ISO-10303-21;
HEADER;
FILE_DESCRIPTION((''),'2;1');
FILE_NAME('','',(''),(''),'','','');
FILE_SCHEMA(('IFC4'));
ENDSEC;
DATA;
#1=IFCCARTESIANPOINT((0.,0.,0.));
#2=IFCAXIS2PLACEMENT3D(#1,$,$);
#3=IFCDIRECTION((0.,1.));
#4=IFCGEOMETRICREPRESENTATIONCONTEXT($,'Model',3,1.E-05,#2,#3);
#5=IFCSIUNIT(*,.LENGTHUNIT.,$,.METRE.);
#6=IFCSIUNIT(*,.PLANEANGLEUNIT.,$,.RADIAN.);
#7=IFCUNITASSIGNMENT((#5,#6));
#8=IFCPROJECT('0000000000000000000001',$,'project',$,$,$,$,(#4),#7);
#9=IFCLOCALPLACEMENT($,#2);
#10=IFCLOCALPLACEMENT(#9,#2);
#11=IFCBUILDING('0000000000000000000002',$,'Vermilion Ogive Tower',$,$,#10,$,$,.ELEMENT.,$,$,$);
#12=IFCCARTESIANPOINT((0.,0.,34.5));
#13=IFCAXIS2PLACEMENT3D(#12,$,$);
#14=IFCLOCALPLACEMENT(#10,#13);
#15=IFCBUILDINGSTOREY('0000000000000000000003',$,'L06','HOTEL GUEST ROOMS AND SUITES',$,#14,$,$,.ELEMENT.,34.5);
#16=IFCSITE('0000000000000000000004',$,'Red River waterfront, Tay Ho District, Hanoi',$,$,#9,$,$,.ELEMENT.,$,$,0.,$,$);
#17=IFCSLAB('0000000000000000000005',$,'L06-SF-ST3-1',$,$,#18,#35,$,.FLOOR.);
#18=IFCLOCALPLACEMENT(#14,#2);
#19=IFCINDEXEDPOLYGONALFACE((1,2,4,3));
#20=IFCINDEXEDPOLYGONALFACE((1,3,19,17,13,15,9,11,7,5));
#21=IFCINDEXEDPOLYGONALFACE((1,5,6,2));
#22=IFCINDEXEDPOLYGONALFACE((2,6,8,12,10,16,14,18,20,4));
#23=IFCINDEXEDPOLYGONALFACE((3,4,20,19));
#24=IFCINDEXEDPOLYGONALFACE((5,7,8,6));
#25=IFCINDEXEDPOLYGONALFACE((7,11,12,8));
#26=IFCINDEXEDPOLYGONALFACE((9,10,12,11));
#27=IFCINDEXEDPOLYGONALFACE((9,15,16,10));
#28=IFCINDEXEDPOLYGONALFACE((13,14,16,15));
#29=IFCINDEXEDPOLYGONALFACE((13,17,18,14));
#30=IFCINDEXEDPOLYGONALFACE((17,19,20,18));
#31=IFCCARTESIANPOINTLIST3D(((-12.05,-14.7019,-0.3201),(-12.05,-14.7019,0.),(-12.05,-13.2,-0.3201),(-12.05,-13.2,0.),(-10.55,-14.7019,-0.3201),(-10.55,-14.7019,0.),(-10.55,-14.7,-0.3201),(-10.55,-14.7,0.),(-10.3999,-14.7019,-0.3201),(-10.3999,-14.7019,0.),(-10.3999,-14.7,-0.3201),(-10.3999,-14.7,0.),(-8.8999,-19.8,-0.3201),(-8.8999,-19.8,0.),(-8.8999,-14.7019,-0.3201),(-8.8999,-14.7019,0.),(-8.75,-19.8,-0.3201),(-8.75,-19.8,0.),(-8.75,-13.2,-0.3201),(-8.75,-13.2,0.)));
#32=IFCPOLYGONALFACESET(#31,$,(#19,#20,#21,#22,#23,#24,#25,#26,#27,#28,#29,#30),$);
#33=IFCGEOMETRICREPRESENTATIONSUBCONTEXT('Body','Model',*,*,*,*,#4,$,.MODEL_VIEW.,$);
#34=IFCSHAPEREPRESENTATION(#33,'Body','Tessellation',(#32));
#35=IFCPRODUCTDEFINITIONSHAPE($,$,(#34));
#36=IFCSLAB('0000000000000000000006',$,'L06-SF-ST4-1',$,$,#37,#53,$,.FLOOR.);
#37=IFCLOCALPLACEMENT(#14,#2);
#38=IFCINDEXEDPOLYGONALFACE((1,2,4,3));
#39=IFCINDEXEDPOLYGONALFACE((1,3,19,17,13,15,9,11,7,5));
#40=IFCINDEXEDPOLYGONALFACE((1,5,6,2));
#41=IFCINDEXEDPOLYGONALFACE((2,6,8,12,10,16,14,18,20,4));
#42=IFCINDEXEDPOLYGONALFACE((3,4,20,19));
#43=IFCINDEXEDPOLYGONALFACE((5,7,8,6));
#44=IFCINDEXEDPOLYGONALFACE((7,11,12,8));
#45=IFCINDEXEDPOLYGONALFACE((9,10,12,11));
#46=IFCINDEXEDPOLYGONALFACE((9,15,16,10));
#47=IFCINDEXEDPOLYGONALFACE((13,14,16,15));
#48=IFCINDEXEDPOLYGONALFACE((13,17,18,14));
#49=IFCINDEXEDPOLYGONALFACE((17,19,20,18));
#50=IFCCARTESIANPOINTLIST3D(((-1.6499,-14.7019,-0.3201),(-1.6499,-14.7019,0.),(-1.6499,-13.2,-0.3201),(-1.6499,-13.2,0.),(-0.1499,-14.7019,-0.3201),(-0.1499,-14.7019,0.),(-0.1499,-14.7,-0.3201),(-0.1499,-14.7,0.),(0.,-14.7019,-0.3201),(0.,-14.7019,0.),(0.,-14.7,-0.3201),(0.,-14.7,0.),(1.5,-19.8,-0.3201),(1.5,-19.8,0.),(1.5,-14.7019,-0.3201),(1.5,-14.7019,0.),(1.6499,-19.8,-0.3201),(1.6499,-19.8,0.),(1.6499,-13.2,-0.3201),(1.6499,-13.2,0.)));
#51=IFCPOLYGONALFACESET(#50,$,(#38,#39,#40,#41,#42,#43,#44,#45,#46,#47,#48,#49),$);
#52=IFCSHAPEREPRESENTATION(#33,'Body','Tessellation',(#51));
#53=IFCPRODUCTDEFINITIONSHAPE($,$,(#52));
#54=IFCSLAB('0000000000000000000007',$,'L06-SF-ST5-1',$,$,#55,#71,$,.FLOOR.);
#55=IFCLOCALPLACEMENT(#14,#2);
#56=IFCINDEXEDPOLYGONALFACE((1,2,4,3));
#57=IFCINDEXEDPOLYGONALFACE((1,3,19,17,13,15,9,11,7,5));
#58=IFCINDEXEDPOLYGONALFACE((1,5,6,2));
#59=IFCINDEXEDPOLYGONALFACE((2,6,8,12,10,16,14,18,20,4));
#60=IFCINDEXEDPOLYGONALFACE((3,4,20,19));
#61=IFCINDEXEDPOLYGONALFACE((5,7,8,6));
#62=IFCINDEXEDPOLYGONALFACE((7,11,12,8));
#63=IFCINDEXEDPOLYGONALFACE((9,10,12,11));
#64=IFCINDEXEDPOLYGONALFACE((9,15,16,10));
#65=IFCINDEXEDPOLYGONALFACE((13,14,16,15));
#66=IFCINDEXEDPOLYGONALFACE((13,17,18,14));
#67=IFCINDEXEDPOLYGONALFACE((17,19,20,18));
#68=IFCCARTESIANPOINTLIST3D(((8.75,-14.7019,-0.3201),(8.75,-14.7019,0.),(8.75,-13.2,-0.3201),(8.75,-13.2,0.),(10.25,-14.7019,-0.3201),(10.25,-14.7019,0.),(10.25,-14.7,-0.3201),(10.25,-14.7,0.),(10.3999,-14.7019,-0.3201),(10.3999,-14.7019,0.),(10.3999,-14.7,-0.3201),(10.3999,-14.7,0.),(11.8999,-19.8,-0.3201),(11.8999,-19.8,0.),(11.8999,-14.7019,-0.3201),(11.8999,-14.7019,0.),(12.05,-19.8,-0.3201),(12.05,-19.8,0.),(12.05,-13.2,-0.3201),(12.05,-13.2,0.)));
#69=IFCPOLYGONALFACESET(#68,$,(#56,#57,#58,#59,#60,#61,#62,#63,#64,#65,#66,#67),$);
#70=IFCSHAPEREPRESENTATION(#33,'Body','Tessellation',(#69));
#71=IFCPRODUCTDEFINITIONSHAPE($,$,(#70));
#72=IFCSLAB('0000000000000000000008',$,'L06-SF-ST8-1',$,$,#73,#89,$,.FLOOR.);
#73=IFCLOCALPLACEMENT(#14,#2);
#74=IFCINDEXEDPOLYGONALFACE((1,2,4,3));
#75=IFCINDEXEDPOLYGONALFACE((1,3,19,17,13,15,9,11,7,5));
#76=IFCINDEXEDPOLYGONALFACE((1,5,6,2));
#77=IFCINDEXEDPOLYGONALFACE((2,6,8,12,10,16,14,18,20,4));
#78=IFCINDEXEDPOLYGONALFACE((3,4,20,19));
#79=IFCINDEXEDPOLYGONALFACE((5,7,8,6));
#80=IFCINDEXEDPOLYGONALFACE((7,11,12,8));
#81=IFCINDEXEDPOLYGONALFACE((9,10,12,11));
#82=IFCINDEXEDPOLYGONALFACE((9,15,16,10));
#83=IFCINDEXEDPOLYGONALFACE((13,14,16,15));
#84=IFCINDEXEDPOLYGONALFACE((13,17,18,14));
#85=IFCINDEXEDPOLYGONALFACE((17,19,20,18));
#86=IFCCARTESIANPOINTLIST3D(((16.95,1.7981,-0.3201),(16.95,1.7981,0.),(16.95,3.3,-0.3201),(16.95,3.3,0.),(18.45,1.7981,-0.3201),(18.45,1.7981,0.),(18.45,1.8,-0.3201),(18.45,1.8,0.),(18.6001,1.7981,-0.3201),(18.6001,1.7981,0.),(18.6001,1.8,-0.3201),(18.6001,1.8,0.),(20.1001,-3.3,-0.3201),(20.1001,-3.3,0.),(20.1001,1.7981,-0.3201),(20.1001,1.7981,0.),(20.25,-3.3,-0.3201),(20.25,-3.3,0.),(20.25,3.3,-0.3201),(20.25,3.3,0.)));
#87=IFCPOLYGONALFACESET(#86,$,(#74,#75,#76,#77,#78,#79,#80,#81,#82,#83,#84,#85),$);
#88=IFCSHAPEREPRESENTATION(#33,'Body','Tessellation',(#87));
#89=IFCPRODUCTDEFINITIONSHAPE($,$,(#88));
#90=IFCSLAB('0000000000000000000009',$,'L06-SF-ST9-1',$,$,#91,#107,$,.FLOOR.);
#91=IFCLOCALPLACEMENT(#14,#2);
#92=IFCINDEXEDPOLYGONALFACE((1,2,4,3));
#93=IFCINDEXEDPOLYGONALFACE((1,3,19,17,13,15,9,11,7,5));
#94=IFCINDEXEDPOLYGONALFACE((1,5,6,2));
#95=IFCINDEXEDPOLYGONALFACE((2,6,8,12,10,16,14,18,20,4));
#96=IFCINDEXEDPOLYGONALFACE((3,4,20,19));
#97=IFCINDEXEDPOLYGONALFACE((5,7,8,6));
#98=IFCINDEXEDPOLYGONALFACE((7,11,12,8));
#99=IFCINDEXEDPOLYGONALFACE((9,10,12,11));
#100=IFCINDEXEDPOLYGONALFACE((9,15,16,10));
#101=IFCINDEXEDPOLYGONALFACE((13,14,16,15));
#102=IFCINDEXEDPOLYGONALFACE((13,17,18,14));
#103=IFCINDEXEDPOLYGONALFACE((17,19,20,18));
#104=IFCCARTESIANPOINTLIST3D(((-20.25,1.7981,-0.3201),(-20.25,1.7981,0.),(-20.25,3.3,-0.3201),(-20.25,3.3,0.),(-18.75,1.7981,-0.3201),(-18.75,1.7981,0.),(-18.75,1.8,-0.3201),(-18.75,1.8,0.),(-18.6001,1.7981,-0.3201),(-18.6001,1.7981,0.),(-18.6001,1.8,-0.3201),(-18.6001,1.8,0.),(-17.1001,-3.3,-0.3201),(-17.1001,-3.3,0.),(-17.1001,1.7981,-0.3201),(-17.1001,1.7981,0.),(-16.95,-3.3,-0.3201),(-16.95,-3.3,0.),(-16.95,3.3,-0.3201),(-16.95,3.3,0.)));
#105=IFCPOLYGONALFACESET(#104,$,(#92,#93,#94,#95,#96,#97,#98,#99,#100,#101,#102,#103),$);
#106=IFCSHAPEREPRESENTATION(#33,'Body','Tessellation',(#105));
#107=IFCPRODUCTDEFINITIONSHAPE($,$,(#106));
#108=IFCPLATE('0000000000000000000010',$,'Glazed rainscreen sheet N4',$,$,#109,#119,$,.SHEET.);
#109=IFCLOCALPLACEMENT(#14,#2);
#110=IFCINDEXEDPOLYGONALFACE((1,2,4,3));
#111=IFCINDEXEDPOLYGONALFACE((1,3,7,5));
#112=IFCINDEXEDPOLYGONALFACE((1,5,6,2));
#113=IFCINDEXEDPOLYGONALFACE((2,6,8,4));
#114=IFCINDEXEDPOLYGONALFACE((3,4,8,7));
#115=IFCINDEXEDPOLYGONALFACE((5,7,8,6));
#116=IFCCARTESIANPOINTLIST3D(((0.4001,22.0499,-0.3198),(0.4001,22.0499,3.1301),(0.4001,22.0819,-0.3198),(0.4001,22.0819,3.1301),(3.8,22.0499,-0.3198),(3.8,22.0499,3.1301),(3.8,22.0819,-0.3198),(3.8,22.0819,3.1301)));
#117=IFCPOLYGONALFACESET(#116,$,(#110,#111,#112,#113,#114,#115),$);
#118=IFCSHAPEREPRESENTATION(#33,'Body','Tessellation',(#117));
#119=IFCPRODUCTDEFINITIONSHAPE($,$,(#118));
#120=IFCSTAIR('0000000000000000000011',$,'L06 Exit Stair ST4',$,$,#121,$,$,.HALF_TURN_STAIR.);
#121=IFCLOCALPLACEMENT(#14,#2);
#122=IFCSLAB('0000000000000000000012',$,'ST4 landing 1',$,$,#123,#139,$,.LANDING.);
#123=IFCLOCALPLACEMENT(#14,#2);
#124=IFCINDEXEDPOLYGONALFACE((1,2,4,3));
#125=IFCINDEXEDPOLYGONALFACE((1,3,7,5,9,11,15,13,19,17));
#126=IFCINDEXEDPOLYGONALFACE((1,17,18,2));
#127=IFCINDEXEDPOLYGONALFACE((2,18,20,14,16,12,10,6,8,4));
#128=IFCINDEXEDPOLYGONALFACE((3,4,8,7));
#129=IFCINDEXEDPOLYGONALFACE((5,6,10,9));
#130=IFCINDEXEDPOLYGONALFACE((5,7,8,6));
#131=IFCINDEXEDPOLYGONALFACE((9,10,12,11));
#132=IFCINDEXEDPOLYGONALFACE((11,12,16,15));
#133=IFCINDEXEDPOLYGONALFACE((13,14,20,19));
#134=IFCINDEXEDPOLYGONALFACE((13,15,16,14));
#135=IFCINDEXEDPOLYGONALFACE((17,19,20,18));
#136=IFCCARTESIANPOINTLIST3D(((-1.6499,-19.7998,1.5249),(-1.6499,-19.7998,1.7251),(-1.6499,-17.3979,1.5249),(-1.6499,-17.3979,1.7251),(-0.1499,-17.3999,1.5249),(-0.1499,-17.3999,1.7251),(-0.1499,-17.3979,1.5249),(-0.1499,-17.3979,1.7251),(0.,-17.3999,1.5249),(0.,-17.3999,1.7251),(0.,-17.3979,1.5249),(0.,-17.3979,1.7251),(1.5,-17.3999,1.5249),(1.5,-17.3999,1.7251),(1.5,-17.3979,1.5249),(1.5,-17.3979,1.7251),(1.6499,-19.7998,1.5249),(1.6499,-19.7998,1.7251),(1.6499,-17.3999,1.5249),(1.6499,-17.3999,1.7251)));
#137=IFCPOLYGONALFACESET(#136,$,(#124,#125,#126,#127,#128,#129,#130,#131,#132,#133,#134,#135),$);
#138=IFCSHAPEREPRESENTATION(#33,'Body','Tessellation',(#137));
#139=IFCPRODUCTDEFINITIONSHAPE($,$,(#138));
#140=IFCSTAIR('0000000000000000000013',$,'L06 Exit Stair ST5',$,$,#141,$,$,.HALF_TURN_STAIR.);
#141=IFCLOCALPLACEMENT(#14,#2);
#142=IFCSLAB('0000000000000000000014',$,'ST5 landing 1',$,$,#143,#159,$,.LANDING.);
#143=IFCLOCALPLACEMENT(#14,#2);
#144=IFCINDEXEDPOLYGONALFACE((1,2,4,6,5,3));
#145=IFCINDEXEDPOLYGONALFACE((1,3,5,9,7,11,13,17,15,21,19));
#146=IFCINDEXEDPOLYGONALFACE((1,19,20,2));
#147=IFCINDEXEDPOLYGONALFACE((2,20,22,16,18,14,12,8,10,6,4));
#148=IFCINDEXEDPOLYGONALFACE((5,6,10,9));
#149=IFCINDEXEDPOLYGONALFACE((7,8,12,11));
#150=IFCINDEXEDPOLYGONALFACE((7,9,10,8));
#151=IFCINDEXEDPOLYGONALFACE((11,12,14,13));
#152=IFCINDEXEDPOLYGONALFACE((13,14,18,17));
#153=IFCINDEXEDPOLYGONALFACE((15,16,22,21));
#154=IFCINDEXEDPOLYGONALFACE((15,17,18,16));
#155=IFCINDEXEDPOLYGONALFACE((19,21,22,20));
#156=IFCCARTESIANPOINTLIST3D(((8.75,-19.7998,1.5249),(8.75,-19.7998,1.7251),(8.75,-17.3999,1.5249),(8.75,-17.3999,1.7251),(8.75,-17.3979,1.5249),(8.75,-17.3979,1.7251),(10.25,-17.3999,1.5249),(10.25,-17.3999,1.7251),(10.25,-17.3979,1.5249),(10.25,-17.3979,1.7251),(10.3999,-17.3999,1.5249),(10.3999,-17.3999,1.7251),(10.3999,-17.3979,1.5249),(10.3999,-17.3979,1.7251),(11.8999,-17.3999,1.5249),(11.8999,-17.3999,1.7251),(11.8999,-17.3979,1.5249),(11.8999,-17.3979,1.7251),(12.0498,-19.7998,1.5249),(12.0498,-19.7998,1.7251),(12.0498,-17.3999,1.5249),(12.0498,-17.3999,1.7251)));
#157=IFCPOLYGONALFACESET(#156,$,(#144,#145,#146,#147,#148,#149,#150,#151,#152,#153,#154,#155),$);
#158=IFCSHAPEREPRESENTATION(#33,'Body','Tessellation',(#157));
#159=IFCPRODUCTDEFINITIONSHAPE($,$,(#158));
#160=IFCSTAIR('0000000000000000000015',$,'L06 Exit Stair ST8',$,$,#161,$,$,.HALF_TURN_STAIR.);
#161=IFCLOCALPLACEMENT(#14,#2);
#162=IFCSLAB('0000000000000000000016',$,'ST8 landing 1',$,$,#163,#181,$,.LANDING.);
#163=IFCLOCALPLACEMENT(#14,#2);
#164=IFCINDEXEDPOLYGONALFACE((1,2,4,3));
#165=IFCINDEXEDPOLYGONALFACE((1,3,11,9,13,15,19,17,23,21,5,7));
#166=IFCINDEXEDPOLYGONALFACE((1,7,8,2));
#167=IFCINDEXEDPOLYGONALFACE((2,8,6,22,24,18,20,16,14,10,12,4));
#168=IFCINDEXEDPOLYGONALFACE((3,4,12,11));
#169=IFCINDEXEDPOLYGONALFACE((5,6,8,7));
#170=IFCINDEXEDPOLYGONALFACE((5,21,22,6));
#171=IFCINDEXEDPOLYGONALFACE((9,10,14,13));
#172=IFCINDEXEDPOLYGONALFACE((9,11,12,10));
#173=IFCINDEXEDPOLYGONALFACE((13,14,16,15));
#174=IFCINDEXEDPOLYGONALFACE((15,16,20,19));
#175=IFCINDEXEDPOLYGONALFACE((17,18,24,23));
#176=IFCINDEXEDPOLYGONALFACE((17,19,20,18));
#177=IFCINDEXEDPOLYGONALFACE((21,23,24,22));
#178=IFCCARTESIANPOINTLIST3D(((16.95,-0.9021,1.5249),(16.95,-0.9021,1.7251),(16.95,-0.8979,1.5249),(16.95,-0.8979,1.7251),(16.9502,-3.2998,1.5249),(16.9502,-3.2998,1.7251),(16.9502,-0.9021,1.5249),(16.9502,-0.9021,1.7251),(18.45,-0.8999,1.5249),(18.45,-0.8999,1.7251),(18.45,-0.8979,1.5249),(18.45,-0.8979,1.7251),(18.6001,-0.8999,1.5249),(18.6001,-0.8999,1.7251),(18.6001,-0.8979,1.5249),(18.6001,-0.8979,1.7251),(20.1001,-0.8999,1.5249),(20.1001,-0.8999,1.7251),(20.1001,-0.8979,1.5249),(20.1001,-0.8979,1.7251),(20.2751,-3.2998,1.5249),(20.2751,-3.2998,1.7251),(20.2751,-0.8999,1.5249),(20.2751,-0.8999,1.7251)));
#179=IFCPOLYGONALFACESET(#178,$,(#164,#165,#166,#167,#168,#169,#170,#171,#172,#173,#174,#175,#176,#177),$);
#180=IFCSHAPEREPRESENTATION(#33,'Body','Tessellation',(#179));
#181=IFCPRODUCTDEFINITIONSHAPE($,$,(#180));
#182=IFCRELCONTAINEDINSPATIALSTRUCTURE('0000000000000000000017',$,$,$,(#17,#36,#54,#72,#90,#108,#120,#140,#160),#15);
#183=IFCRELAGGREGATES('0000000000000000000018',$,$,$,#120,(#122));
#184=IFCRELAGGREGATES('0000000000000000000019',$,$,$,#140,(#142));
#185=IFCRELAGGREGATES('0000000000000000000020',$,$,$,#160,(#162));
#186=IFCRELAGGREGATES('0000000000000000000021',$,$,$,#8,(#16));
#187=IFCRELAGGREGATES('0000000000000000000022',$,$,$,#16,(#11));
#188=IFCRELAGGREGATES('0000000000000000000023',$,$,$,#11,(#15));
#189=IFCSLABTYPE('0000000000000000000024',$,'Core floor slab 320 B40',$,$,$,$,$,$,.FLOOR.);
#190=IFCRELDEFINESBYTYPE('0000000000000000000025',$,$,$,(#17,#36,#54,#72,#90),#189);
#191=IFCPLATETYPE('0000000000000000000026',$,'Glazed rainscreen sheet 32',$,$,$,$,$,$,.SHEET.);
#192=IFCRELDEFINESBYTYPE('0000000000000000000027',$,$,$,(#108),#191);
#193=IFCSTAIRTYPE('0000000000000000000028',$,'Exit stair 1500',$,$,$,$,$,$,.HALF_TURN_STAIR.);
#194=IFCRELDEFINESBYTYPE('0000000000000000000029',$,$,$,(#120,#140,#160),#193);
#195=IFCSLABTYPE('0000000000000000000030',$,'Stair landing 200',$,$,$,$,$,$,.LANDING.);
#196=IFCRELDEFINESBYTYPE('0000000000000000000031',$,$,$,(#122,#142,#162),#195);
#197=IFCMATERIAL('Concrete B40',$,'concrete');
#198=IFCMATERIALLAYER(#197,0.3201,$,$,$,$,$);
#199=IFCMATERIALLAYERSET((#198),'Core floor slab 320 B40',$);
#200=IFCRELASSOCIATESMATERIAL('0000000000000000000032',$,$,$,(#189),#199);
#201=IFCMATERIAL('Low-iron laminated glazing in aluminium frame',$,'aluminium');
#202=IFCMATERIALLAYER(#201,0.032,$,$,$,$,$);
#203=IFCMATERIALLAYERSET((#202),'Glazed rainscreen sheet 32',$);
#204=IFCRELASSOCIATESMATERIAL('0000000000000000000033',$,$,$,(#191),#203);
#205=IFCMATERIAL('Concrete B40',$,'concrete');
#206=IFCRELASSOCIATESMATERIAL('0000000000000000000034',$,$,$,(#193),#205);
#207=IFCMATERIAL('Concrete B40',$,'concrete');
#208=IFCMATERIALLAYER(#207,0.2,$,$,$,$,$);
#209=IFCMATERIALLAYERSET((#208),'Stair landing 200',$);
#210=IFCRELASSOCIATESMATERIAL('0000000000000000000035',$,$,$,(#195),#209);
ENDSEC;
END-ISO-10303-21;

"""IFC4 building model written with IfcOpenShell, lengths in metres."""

from ifc_helpers import new_model, si_unit, direction, frame, origin, origin_2d, place, context, subcontext, project, spatial, polyline, rectangle, outline, extrude, material, layer, layer_set, type_object, element, aggregate, save


model = new_model("IFC4")

# Units and contexts
model_context = context("Model", 3, precision=1e-05, world=origin(), true_north=direction((0.0, 1.0)))
body_context = subcontext(model_context, "Body", "Model", "MODEL_VIEW")
ifc_project = project(units=[si_unit("LENGTHUNIT", "METRE"), si_unit("PLANEANGLEUNIT", "RADIAN")], contexts=[model_context])

# Site, building, storey
site_placement = place(None, origin())
site = spatial("IfcSite", under=ifc_project, at=site_placement, Name="Red River waterfront, Tay Ho District, Hanoi", CompositionType="ELEMENT", RefElevation=0.0)
building_placement = place(site_placement, origin())
building = spatial("IfcBuilding", under=site, at=building_placement, Name="Vermilion Ogive Tower", CompositionType="ELEMENT")
storey_placement = place(building_placement, frame((0.0, 0.0, 34.5)))
storey = spatial("IfcBuildingStorey", under=building, at=storey_placement, Name="L06", Description="HOTEL GUEST ROOMS AND SUITES", CompositionType="ELEMENT", Elevation=34.5)

# Slabs
ifc_material_1 = material(Name="Concrete B40", Category="concrete")
ifc_layer_1 = layer(ifc_material_1, 0.3201)
ifc_layer_set_1 = layer_set([ifc_layer_1], Name="Core floor slab 320 B40")
slab_type_1 = type_object("IfcSlabType", Name="Core floor slab 320 B40", PredefinedType="FLOOR", material=ifc_layer_set_1)
slab_1_placement = place(storey_placement, frame((0.0, 0.0, -0.3201)))
element("IfcSlab", 1, at=slab_1_placement, inside=storey, type_object=slab_type_1, Name="L06-SF-ST3-1", PredefinedType="FLOOR", context=body_context, shape_type="SweptSolid", body=[
    extrude(outline(polyline([(-12.05, -13.2), (-12.05, -14.7019), (-10.55, -14.7019), (-10.55, -14.7), (-10.3999, -14.7), (-10.3999, -14.7019), (-8.8999, -14.7019), (-8.8999, -19.8), (-8.75, -19.8), (-8.75, -13.2), (-12.05, -13.2)])), origin(), (0.0, 0.0, 1.0), 0.3201),
])
slab_2_placement = place(storey_placement, frame((0.0, 0.0, -0.3201)))
element("IfcSlab", 2, at=slab_2_placement, inside=storey, type_object=slab_type_1, Name="L06-SF-ST4-1", PredefinedType="FLOOR", context=body_context, shape_type="SweptSolid", body=[
    extrude(outline(polyline([(-1.6499, -13.2), (-1.6499, -14.7019), (-0.1499, -14.7019), (-0.1499, -14.7), (0.0, -14.7), (0.0, -14.7019), (1.5, -14.7019), (1.5, -19.8), (1.6499, -19.8), (1.6499, -13.2), (-1.6499, -13.2)])), origin(), (0.0, 0.0, 1.0), 0.3201),
])
slab_3_placement = place(storey_placement, frame((0.0, 0.0, -0.3201)))
element("IfcSlab", 3, at=slab_3_placement, inside=storey, type_object=slab_type_1, Name="L06-SF-ST5-1", PredefinedType="FLOOR", context=body_context, shape_type="SweptSolid", body=[
    extrude(outline(polyline([(8.75, -13.2), (8.75, -14.7019), (10.25, -14.7019), (10.25, -14.7), (10.3999, -14.7), (10.3999, -14.7019), (11.8999, -14.7019), (11.8999, -19.8), (12.05, -19.8), (12.05, -13.2), (8.75, -13.2)])), origin(), (0.0, 0.0, 1.0), 0.3201),
])
slab_4_placement = place(storey_placement, frame((0.0, 0.0, -0.3201)))
element("IfcSlab", 4, at=slab_4_placement, inside=storey, type_object=slab_type_1, Name="L06-SF-ST8-1", PredefinedType="FLOOR", context=body_context, shape_type="SweptSolid", body=[
    extrude(outline(polyline([(16.95, 3.3), (16.95, 1.7981), (18.45, 1.7981), (18.45, 1.8), (18.6001, 1.8), (18.6001, 1.7981), (20.1001, 1.7981), (20.1001, -3.3), (20.25, -3.3), (20.25, 3.3), (16.95, 3.3)])), origin(), (0.0, 0.0, 1.0), 0.3201),
])
slab_5_placement = place(storey_placement, frame((0.0, 0.0, -0.3201)))
element("IfcSlab", 5, at=slab_5_placement, inside=storey, type_object=slab_type_1, Name="L06-SF-ST9-1", PredefinedType="FLOOR", context=body_context, shape_type="SweptSolid", body=[
    extrude(outline(polyline([(-20.25, 3.3), (-20.25, 1.7981), (-18.75, 1.7981), (-18.75, 1.8), (-18.6001, 1.8), (-18.6001, 1.7981), (-17.1001, 1.7981), (-17.1001, -3.3), (-16.95, -3.3), (-16.95, 3.3), (-20.25, 3.3)])), origin(), (0.0, 0.0, 1.0), 0.3201),
])

# Plate
ifc_material_2 = material(Name="Low-iron laminated glazing in aluminium frame", Category="aluminium")
ifc_layer_2 = layer(ifc_material_2, 0.032)
ifc_layer_set_2 = layer_set([ifc_layer_2], Name="Glazed rainscreen sheet 32")
plate_type = type_object("IfcPlateType", Name="Glazed rainscreen sheet 32", PredefinedType="SHEET", material=ifc_layer_set_2)
plate_placement = place(storey_placement, frame((2.1001, 22.0659, -0.3198), z_axis=(0.0, 0.0, 1.0), x_axis=(1.0, 0.0, 0.0)))
element("IfcPlate", 6, at=plate_placement, inside=storey, type_object=plate_type, Name="Glazed rainscreen sheet N4", PredefinedType="SHEET", context=body_context, shape_type="SweptSolid", body=[
    extrude(rectangle(XDim=3.3999, YDim=0.032, at=origin_2d()), origin(), (0.0, 0.0, 1.0), 3.45),
])

# Stairs, slabs
ifc_material_3 = material(Name="Concrete B40", Category="concrete")
stair_type = type_object("IfcStairType", Name="Exit stair 1500", PredefinedType="HALF_TURN_STAIR", material=ifc_material_3)
stair_1_placement = place(storey_placement, origin())
stair_1 = element("IfcStair", 7, at=stair_1_placement, inside=storey, type_object=stair_type, Name="L06 Exit Stair ST4", PredefinedType="HALF_TURN_STAIR")
ifc_material_4 = material(Name="Concrete B40", Category="concrete")
ifc_layer_3 = layer(ifc_material_4, 0.2)
ifc_layer_set_3 = layer_set([ifc_layer_3], Name="Stair landing 200")
slab_type_2 = type_object("IfcSlabType", Name="Stair landing 200", PredefinedType="LANDING", material=ifc_layer_set_3)
slab_6_placement = place(storey_placement, frame((0.0, 0.0, 1.5249)))
slab_6 = element("IfcSlab", 8, at=slab_6_placement, type_object=slab_type_2, Name="ST4 landing 1", PredefinedType="LANDING", context=body_context, shape_type="SweptSolid", body=[
    extrude(outline(polyline([(1.6499, -17.3999), (1.5, -17.3999), (1.5, -17.3979), (0.0, -17.3979), (0.0, -17.3999), (-0.1499, -17.3999), (-0.1499, -17.3979), (-1.6499, -17.3979), (-1.6499, -19.7998), (1.6499, -19.7998), (1.6499, -17.3999)])), origin(), (0.0, 0.0, 1.0), 0.2002),
])
aggregate(stair_1, [slab_6])
stair_2_placement = place(storey_placement, origin())
stair_2 = element("IfcStair", 9, at=stair_2_placement, inside=storey, type_object=stair_type, Name="L06 Exit Stair ST5", PredefinedType="HALF_TURN_STAIR")
slab_7_placement = place(storey_placement, frame((0.0, 0.0, 1.5249)))
slab_7 = element("IfcSlab", 10, at=slab_7_placement, type_object=slab_type_2, Name="ST5 landing 1", PredefinedType="LANDING", context=body_context, shape_type="SweptSolid", body=[
    extrude(outline(polyline([(12.0498, -17.3999), (11.8999, -17.3999), (11.8999, -17.3979), (10.3999, -17.3979), (10.3999, -17.3999), (10.25, -17.3999), (10.25, -17.3979), (8.75, -17.3979), (8.75, -17.3999), (8.75, -17.3999), (8.75, -19.7998), (12.0498, -19.7998), (12.0498, -17.3999)])), origin(), (0.0, 0.0, 1.0), 0.2002),
])
aggregate(stair_2, [slab_7])
stair_3_placement = place(storey_placement, origin())
stair_3 = element("IfcStair", 11, at=stair_3_placement, inside=storey, type_object=stair_type, Name="L06 Exit Stair ST8", PredefinedType="HALF_TURN_STAIR")
slab_8_placement = place(storey_placement, frame((0.0, 0.0, 1.5249)))
slab_8 = element("IfcSlab", 12, at=slab_8_placement, type_object=slab_type_2, Name="ST8 landing 1", PredefinedType="LANDING", context=body_context, shape_type="SweptSolid", body=[
    extrude(outline(polyline([(20.2751, -0.8999), (20.1001, -0.8999), (20.1001, -0.8979), (18.6001, -0.8979), (18.6001, -0.8999), (18.45, -0.8999), (18.45, -0.8979), (16.95, -0.8979), (16.95, -0.9021), (16.9502, -0.9021), (16.9502, -3.2998), (20.2751, -3.2998), (20.2751, -0.8999)])), origin(), (0.0, 0.0, 1.0), 0.2002),
])
aggregate(stair_3, [slab_8])

save(model, "model.ifc")
